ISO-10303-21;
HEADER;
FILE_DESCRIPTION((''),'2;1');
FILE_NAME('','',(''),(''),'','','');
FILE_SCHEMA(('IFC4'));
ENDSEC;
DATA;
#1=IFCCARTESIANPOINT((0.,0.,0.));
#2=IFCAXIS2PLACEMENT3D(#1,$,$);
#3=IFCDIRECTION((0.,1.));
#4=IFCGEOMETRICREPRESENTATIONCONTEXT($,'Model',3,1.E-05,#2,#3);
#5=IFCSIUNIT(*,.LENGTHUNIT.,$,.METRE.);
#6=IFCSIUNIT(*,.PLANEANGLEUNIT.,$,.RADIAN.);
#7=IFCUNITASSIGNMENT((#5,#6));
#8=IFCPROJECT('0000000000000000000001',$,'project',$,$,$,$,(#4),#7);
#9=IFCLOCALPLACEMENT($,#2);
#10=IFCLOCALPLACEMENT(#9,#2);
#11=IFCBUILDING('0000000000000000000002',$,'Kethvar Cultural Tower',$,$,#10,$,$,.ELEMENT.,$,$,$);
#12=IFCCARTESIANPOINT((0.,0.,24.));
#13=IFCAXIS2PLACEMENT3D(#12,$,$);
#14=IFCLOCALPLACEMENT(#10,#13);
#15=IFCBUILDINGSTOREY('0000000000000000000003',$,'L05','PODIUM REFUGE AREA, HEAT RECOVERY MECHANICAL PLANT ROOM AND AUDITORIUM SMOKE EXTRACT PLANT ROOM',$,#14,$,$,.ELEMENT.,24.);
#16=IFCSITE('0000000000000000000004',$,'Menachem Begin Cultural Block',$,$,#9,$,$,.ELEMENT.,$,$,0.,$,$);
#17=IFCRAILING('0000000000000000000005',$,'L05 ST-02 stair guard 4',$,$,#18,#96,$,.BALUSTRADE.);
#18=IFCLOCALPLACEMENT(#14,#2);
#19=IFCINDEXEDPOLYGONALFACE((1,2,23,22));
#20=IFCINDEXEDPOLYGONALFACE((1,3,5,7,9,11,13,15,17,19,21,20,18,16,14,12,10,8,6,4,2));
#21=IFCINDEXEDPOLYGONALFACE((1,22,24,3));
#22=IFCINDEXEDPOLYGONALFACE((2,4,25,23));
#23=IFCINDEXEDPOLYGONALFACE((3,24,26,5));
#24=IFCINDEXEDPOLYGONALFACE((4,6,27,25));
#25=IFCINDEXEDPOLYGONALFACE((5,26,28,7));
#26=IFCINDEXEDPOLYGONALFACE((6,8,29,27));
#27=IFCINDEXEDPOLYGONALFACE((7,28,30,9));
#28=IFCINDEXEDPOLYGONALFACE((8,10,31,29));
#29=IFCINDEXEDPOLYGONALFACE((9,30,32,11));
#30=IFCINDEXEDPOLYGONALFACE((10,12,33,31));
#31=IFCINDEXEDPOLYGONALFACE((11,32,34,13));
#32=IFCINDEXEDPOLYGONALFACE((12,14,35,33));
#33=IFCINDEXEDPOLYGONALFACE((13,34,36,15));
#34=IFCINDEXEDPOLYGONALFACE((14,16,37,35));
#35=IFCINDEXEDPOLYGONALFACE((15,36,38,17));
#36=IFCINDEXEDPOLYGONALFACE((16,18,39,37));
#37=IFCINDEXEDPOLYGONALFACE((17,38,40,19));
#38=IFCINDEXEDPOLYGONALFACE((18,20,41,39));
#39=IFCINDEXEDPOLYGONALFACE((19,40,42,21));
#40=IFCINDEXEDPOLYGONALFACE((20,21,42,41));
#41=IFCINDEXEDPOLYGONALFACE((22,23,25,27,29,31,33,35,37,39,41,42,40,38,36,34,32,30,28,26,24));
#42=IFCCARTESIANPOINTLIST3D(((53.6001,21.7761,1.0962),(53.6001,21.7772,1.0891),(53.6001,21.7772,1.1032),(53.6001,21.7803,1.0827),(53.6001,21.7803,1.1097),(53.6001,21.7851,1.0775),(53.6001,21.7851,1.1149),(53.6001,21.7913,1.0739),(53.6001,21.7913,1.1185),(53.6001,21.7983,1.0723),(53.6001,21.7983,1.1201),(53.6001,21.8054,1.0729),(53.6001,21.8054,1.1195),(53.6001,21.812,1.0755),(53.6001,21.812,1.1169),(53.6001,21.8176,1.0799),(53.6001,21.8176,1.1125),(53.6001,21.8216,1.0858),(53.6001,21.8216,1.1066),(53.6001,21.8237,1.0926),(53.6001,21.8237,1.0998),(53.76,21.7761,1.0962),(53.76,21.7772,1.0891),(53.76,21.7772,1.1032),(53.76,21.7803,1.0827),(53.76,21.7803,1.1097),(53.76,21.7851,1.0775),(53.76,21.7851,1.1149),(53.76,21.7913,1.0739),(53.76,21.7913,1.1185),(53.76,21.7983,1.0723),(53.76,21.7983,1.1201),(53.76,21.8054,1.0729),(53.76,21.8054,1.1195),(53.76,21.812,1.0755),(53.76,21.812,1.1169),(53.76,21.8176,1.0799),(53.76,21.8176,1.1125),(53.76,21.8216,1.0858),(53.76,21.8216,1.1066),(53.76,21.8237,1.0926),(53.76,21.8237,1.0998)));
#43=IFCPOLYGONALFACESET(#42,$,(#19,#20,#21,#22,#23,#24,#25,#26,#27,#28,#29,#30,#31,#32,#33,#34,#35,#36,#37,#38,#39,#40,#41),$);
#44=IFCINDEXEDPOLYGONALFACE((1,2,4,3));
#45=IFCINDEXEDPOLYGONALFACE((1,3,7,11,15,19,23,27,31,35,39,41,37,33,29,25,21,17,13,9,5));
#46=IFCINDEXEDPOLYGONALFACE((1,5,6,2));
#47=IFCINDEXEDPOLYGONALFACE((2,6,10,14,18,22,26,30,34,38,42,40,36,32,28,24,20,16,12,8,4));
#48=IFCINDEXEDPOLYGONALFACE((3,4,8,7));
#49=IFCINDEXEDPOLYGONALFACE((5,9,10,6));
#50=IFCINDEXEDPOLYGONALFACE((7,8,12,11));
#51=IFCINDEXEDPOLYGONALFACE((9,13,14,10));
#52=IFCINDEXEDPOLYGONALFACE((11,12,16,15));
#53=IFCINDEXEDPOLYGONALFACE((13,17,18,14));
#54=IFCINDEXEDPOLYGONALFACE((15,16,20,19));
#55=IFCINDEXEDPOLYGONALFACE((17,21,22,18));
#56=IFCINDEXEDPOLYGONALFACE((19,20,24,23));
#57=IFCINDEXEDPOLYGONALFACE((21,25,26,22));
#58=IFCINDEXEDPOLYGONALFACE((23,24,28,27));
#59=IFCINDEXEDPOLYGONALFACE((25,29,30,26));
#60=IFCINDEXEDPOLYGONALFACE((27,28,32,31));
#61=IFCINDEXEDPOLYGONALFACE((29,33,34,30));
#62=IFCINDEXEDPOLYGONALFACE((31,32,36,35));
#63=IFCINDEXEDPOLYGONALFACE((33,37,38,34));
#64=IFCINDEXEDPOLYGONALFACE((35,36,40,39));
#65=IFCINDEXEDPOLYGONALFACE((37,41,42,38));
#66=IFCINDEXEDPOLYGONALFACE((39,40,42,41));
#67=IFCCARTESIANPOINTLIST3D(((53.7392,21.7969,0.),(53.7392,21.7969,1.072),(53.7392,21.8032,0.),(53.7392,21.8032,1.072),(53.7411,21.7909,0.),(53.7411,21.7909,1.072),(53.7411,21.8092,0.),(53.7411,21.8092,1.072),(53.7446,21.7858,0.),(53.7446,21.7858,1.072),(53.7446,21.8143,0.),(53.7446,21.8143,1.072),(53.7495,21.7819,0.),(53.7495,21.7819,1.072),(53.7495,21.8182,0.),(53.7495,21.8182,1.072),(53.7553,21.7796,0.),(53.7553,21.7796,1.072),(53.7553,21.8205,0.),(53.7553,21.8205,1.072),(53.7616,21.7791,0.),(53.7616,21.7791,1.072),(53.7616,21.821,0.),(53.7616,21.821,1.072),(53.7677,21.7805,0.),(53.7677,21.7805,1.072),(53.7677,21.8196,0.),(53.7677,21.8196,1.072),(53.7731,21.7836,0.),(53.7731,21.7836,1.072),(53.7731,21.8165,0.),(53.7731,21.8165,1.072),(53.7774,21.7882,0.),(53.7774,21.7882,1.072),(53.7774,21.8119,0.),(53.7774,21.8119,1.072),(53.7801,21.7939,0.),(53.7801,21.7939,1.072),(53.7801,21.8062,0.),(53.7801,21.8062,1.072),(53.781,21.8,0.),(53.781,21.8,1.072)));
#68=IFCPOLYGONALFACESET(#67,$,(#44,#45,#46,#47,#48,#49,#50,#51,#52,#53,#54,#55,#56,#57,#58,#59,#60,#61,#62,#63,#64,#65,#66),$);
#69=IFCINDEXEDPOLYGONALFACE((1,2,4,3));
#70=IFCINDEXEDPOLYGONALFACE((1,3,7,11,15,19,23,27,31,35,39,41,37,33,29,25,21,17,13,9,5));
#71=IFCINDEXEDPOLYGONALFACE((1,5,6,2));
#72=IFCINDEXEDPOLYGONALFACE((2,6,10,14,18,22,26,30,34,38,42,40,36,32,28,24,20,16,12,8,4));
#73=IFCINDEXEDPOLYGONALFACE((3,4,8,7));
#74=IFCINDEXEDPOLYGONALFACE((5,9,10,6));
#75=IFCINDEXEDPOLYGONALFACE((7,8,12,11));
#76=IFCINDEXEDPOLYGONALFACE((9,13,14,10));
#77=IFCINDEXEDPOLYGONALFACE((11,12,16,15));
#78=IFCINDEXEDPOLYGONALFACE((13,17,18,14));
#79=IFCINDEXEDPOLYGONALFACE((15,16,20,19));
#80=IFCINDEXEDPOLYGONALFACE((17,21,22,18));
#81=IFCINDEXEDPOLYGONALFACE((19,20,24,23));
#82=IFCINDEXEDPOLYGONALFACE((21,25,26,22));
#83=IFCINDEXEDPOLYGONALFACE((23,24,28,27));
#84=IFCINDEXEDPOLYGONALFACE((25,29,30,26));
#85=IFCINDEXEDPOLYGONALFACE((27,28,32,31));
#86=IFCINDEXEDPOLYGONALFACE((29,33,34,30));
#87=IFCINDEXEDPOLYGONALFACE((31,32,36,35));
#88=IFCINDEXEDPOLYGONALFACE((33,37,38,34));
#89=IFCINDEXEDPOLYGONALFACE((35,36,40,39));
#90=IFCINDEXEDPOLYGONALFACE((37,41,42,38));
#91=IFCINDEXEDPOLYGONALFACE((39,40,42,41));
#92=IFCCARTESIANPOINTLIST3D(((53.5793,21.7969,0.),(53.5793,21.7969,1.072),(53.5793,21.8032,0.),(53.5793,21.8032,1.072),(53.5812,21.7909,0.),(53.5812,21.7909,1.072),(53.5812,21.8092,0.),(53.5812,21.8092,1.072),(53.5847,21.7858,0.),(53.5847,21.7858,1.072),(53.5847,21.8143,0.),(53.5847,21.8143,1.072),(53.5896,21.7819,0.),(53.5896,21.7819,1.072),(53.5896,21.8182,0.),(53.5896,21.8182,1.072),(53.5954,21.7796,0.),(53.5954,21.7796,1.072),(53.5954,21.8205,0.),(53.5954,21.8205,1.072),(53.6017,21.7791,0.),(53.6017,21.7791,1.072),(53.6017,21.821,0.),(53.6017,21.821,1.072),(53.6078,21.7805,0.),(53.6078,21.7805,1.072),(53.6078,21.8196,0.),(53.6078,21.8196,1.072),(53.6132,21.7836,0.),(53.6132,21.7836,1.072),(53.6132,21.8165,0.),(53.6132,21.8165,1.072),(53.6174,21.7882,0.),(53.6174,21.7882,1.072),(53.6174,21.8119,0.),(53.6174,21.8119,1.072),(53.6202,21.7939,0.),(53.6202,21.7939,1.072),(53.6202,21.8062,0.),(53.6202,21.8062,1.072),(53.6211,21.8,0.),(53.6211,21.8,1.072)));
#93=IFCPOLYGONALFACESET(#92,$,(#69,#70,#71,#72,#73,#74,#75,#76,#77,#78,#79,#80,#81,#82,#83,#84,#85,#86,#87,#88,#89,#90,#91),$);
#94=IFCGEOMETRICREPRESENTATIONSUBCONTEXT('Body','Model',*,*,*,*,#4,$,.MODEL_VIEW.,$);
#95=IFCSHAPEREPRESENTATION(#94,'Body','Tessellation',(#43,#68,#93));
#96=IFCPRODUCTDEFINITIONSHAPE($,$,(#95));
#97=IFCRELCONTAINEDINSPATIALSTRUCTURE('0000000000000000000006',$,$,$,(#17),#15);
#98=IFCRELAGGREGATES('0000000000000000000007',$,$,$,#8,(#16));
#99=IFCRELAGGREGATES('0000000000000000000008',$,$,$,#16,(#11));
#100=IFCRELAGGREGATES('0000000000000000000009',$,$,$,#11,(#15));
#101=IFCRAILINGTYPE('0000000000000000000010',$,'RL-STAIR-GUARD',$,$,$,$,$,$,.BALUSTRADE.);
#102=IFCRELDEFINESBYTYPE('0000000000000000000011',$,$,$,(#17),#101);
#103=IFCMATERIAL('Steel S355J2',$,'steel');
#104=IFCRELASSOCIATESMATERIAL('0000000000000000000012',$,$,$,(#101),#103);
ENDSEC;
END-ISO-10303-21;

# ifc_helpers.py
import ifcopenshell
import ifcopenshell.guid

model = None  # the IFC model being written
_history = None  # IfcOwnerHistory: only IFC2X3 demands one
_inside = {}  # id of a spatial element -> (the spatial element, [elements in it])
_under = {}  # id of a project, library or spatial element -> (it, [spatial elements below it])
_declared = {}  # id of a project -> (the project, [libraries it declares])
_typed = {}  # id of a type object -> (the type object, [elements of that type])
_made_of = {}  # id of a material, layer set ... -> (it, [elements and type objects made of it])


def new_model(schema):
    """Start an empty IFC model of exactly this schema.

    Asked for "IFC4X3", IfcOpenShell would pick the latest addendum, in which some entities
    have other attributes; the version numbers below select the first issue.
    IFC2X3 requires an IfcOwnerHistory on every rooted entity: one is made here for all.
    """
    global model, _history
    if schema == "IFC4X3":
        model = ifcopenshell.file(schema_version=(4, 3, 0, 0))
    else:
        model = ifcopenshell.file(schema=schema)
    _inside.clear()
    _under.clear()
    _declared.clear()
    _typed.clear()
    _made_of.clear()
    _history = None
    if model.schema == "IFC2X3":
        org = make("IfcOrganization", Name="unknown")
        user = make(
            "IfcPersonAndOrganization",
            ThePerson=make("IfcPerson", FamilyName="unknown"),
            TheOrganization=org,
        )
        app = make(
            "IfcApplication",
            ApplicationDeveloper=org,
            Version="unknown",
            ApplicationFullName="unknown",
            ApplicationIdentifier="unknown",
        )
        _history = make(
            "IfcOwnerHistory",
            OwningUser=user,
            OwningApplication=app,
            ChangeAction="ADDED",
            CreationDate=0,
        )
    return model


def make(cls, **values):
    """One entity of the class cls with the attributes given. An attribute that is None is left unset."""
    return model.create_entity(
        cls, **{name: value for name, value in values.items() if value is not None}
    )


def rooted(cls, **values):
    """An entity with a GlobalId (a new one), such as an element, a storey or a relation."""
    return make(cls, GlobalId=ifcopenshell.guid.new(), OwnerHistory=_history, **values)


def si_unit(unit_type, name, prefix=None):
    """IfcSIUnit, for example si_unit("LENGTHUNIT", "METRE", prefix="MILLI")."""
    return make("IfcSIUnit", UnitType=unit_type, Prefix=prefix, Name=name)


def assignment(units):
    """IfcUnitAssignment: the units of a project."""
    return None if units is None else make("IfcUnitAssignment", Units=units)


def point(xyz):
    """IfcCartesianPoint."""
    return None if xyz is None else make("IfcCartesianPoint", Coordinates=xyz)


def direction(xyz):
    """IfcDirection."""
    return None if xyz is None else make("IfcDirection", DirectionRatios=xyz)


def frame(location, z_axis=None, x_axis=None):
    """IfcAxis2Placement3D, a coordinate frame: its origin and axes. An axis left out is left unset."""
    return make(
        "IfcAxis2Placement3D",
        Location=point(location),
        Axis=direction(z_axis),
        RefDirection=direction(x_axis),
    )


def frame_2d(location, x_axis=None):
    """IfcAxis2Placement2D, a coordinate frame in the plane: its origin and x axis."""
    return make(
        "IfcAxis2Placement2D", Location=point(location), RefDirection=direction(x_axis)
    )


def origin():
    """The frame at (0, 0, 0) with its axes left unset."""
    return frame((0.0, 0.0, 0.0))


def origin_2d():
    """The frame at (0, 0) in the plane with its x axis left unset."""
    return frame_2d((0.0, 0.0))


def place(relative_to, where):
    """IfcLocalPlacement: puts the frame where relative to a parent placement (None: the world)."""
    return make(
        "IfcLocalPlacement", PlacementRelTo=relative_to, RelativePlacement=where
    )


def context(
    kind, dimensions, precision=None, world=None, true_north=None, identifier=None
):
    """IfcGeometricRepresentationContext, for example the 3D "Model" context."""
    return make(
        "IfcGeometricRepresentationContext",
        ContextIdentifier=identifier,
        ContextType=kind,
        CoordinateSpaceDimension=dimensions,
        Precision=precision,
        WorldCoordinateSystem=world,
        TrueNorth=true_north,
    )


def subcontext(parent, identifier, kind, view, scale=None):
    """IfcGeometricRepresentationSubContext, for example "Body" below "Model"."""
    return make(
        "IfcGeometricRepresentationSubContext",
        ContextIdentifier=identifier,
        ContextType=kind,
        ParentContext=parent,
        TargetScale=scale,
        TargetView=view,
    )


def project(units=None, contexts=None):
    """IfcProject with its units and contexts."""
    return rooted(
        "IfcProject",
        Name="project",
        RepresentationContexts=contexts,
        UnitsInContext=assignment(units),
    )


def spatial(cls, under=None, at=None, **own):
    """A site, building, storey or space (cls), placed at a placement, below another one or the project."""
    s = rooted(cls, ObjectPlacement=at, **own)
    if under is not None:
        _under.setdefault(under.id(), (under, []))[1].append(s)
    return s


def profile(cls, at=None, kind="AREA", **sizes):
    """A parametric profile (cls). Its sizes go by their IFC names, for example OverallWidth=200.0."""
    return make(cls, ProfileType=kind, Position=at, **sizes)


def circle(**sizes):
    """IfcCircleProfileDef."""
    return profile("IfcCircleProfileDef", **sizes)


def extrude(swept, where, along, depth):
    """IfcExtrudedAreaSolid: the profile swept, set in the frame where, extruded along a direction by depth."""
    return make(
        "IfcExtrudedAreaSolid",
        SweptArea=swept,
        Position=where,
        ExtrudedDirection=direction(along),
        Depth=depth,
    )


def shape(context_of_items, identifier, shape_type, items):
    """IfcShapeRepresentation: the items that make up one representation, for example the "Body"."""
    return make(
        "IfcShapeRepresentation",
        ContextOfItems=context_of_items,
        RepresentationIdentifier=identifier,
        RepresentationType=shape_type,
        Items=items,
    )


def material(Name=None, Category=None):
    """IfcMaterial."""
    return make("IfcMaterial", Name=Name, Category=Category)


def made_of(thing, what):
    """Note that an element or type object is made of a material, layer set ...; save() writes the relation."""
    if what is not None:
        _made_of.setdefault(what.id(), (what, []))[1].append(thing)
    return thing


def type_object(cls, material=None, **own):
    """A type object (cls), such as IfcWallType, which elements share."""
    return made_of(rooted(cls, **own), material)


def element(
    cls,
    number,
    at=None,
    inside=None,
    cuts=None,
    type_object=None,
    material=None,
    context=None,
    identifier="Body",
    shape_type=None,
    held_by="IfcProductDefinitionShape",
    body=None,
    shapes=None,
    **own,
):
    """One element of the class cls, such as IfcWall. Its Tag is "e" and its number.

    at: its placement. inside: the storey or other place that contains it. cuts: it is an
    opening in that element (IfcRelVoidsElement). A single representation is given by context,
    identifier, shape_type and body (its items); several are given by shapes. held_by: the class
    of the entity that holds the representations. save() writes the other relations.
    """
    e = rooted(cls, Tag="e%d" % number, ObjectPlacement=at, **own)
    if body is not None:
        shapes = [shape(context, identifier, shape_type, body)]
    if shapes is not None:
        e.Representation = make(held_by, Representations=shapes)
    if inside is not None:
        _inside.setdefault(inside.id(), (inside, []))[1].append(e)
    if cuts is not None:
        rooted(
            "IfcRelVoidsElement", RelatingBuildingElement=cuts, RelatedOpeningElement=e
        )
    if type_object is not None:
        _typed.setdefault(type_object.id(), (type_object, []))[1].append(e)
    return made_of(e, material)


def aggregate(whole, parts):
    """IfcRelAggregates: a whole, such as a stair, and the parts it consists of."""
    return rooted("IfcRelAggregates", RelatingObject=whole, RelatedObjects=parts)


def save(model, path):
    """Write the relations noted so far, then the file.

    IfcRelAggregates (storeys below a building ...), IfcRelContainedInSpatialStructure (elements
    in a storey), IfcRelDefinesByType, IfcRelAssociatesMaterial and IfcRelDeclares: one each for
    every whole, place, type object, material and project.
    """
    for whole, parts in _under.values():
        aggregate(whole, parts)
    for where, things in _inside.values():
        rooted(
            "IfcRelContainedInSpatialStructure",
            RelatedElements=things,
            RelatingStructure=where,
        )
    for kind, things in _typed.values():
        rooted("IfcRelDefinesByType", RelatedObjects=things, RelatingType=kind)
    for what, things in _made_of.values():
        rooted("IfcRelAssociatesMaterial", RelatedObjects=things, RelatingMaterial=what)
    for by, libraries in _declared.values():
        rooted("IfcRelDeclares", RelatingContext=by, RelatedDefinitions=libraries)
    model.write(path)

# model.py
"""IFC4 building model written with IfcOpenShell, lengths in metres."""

from ifc_helpers import new_model, si_unit, direction, frame, origin, origin_2d, place, context, subcontext, project, spatial, circle, extrude, material, type_object, element, save


model = new_model("IFC4")

# Units and contexts
model_context = context("Model", 3, precision=1e-05, world=origin(), true_north=direction((0.0, 1.0)))
body_context = subcontext(model_context, "Body", "Model", "MODEL_VIEW")
ifc_project = project(units=[si_unit("LENGTHUNIT", "METRE"), si_unit("PLANEANGLEUNIT", "RADIAN")], contexts=[model_context])

# Site, building, storey
site_placement = place(None, origin())
site = spatial("IfcSite", under=ifc_project, at=site_placement, Name="Menachem Begin Cultural Block", CompositionType="ELEMENT", RefElevation=0.0)
building_placement = place(site_placement, origin())
building = spatial("IfcBuilding", under=site, at=building_placement, Name="Kethvar Cultural Tower", CompositionType="ELEMENT")
storey_placement = place(building_placement, frame((0.0, 0.0, 24.0)))
storey = spatial("IfcBuildingStorey", under=building, at=storey_placement, Name="L05", Description="PODIUM REFUGE AREA, HEAT RECOVERY MECHANICAL PLANT ROOM AND AUDITORIUM SMOKE EXTRACT PLANT ROOM", CompositionType="ELEMENT", Elevation=24.0)

# Shared definitions
ifc_material_1 = material(Name="Steel S355J2", Category="steel")

# Railing
railing_type_1 = type_object("IfcRailingType", Name="RL-STAIR-GUARD", PredefinedType="BALUSTRADE", material=ifc_material_1)
railing_1_placement = place(storey_placement, frame((53.76, 21.8, 0.0)))
element("IfcRailing", 1, at=railing_1_placement, inside=storey, type_object=railing_type_1, Name="L05 ST-02 stair guard 4", PredefinedType="BALUSTRADE", context=body_context, shape_type="SweptSolid", body=[
    extrude(circle(Radius=0.0239, at=origin_2d()), frame((0.0, 0.0, 1.0962), z_axis=(-1.0, 0.0, 0.0), x_axis=(0.0, -1.0, 0.0)), (0.0, 0.0, 1.0), 0.1599),
    extrude(circle(Radius=0.021, at=origin_2d()), origin(), (0.0, 0.0, 1.0), 1.072),
    extrude(circle(Radius=0.021, at=origin_2d()), frame((-0.1599, 0.0, 0.0)), (0.0, 0.0, 1.0), 1.072),
])

save(model, "model.ifc")
